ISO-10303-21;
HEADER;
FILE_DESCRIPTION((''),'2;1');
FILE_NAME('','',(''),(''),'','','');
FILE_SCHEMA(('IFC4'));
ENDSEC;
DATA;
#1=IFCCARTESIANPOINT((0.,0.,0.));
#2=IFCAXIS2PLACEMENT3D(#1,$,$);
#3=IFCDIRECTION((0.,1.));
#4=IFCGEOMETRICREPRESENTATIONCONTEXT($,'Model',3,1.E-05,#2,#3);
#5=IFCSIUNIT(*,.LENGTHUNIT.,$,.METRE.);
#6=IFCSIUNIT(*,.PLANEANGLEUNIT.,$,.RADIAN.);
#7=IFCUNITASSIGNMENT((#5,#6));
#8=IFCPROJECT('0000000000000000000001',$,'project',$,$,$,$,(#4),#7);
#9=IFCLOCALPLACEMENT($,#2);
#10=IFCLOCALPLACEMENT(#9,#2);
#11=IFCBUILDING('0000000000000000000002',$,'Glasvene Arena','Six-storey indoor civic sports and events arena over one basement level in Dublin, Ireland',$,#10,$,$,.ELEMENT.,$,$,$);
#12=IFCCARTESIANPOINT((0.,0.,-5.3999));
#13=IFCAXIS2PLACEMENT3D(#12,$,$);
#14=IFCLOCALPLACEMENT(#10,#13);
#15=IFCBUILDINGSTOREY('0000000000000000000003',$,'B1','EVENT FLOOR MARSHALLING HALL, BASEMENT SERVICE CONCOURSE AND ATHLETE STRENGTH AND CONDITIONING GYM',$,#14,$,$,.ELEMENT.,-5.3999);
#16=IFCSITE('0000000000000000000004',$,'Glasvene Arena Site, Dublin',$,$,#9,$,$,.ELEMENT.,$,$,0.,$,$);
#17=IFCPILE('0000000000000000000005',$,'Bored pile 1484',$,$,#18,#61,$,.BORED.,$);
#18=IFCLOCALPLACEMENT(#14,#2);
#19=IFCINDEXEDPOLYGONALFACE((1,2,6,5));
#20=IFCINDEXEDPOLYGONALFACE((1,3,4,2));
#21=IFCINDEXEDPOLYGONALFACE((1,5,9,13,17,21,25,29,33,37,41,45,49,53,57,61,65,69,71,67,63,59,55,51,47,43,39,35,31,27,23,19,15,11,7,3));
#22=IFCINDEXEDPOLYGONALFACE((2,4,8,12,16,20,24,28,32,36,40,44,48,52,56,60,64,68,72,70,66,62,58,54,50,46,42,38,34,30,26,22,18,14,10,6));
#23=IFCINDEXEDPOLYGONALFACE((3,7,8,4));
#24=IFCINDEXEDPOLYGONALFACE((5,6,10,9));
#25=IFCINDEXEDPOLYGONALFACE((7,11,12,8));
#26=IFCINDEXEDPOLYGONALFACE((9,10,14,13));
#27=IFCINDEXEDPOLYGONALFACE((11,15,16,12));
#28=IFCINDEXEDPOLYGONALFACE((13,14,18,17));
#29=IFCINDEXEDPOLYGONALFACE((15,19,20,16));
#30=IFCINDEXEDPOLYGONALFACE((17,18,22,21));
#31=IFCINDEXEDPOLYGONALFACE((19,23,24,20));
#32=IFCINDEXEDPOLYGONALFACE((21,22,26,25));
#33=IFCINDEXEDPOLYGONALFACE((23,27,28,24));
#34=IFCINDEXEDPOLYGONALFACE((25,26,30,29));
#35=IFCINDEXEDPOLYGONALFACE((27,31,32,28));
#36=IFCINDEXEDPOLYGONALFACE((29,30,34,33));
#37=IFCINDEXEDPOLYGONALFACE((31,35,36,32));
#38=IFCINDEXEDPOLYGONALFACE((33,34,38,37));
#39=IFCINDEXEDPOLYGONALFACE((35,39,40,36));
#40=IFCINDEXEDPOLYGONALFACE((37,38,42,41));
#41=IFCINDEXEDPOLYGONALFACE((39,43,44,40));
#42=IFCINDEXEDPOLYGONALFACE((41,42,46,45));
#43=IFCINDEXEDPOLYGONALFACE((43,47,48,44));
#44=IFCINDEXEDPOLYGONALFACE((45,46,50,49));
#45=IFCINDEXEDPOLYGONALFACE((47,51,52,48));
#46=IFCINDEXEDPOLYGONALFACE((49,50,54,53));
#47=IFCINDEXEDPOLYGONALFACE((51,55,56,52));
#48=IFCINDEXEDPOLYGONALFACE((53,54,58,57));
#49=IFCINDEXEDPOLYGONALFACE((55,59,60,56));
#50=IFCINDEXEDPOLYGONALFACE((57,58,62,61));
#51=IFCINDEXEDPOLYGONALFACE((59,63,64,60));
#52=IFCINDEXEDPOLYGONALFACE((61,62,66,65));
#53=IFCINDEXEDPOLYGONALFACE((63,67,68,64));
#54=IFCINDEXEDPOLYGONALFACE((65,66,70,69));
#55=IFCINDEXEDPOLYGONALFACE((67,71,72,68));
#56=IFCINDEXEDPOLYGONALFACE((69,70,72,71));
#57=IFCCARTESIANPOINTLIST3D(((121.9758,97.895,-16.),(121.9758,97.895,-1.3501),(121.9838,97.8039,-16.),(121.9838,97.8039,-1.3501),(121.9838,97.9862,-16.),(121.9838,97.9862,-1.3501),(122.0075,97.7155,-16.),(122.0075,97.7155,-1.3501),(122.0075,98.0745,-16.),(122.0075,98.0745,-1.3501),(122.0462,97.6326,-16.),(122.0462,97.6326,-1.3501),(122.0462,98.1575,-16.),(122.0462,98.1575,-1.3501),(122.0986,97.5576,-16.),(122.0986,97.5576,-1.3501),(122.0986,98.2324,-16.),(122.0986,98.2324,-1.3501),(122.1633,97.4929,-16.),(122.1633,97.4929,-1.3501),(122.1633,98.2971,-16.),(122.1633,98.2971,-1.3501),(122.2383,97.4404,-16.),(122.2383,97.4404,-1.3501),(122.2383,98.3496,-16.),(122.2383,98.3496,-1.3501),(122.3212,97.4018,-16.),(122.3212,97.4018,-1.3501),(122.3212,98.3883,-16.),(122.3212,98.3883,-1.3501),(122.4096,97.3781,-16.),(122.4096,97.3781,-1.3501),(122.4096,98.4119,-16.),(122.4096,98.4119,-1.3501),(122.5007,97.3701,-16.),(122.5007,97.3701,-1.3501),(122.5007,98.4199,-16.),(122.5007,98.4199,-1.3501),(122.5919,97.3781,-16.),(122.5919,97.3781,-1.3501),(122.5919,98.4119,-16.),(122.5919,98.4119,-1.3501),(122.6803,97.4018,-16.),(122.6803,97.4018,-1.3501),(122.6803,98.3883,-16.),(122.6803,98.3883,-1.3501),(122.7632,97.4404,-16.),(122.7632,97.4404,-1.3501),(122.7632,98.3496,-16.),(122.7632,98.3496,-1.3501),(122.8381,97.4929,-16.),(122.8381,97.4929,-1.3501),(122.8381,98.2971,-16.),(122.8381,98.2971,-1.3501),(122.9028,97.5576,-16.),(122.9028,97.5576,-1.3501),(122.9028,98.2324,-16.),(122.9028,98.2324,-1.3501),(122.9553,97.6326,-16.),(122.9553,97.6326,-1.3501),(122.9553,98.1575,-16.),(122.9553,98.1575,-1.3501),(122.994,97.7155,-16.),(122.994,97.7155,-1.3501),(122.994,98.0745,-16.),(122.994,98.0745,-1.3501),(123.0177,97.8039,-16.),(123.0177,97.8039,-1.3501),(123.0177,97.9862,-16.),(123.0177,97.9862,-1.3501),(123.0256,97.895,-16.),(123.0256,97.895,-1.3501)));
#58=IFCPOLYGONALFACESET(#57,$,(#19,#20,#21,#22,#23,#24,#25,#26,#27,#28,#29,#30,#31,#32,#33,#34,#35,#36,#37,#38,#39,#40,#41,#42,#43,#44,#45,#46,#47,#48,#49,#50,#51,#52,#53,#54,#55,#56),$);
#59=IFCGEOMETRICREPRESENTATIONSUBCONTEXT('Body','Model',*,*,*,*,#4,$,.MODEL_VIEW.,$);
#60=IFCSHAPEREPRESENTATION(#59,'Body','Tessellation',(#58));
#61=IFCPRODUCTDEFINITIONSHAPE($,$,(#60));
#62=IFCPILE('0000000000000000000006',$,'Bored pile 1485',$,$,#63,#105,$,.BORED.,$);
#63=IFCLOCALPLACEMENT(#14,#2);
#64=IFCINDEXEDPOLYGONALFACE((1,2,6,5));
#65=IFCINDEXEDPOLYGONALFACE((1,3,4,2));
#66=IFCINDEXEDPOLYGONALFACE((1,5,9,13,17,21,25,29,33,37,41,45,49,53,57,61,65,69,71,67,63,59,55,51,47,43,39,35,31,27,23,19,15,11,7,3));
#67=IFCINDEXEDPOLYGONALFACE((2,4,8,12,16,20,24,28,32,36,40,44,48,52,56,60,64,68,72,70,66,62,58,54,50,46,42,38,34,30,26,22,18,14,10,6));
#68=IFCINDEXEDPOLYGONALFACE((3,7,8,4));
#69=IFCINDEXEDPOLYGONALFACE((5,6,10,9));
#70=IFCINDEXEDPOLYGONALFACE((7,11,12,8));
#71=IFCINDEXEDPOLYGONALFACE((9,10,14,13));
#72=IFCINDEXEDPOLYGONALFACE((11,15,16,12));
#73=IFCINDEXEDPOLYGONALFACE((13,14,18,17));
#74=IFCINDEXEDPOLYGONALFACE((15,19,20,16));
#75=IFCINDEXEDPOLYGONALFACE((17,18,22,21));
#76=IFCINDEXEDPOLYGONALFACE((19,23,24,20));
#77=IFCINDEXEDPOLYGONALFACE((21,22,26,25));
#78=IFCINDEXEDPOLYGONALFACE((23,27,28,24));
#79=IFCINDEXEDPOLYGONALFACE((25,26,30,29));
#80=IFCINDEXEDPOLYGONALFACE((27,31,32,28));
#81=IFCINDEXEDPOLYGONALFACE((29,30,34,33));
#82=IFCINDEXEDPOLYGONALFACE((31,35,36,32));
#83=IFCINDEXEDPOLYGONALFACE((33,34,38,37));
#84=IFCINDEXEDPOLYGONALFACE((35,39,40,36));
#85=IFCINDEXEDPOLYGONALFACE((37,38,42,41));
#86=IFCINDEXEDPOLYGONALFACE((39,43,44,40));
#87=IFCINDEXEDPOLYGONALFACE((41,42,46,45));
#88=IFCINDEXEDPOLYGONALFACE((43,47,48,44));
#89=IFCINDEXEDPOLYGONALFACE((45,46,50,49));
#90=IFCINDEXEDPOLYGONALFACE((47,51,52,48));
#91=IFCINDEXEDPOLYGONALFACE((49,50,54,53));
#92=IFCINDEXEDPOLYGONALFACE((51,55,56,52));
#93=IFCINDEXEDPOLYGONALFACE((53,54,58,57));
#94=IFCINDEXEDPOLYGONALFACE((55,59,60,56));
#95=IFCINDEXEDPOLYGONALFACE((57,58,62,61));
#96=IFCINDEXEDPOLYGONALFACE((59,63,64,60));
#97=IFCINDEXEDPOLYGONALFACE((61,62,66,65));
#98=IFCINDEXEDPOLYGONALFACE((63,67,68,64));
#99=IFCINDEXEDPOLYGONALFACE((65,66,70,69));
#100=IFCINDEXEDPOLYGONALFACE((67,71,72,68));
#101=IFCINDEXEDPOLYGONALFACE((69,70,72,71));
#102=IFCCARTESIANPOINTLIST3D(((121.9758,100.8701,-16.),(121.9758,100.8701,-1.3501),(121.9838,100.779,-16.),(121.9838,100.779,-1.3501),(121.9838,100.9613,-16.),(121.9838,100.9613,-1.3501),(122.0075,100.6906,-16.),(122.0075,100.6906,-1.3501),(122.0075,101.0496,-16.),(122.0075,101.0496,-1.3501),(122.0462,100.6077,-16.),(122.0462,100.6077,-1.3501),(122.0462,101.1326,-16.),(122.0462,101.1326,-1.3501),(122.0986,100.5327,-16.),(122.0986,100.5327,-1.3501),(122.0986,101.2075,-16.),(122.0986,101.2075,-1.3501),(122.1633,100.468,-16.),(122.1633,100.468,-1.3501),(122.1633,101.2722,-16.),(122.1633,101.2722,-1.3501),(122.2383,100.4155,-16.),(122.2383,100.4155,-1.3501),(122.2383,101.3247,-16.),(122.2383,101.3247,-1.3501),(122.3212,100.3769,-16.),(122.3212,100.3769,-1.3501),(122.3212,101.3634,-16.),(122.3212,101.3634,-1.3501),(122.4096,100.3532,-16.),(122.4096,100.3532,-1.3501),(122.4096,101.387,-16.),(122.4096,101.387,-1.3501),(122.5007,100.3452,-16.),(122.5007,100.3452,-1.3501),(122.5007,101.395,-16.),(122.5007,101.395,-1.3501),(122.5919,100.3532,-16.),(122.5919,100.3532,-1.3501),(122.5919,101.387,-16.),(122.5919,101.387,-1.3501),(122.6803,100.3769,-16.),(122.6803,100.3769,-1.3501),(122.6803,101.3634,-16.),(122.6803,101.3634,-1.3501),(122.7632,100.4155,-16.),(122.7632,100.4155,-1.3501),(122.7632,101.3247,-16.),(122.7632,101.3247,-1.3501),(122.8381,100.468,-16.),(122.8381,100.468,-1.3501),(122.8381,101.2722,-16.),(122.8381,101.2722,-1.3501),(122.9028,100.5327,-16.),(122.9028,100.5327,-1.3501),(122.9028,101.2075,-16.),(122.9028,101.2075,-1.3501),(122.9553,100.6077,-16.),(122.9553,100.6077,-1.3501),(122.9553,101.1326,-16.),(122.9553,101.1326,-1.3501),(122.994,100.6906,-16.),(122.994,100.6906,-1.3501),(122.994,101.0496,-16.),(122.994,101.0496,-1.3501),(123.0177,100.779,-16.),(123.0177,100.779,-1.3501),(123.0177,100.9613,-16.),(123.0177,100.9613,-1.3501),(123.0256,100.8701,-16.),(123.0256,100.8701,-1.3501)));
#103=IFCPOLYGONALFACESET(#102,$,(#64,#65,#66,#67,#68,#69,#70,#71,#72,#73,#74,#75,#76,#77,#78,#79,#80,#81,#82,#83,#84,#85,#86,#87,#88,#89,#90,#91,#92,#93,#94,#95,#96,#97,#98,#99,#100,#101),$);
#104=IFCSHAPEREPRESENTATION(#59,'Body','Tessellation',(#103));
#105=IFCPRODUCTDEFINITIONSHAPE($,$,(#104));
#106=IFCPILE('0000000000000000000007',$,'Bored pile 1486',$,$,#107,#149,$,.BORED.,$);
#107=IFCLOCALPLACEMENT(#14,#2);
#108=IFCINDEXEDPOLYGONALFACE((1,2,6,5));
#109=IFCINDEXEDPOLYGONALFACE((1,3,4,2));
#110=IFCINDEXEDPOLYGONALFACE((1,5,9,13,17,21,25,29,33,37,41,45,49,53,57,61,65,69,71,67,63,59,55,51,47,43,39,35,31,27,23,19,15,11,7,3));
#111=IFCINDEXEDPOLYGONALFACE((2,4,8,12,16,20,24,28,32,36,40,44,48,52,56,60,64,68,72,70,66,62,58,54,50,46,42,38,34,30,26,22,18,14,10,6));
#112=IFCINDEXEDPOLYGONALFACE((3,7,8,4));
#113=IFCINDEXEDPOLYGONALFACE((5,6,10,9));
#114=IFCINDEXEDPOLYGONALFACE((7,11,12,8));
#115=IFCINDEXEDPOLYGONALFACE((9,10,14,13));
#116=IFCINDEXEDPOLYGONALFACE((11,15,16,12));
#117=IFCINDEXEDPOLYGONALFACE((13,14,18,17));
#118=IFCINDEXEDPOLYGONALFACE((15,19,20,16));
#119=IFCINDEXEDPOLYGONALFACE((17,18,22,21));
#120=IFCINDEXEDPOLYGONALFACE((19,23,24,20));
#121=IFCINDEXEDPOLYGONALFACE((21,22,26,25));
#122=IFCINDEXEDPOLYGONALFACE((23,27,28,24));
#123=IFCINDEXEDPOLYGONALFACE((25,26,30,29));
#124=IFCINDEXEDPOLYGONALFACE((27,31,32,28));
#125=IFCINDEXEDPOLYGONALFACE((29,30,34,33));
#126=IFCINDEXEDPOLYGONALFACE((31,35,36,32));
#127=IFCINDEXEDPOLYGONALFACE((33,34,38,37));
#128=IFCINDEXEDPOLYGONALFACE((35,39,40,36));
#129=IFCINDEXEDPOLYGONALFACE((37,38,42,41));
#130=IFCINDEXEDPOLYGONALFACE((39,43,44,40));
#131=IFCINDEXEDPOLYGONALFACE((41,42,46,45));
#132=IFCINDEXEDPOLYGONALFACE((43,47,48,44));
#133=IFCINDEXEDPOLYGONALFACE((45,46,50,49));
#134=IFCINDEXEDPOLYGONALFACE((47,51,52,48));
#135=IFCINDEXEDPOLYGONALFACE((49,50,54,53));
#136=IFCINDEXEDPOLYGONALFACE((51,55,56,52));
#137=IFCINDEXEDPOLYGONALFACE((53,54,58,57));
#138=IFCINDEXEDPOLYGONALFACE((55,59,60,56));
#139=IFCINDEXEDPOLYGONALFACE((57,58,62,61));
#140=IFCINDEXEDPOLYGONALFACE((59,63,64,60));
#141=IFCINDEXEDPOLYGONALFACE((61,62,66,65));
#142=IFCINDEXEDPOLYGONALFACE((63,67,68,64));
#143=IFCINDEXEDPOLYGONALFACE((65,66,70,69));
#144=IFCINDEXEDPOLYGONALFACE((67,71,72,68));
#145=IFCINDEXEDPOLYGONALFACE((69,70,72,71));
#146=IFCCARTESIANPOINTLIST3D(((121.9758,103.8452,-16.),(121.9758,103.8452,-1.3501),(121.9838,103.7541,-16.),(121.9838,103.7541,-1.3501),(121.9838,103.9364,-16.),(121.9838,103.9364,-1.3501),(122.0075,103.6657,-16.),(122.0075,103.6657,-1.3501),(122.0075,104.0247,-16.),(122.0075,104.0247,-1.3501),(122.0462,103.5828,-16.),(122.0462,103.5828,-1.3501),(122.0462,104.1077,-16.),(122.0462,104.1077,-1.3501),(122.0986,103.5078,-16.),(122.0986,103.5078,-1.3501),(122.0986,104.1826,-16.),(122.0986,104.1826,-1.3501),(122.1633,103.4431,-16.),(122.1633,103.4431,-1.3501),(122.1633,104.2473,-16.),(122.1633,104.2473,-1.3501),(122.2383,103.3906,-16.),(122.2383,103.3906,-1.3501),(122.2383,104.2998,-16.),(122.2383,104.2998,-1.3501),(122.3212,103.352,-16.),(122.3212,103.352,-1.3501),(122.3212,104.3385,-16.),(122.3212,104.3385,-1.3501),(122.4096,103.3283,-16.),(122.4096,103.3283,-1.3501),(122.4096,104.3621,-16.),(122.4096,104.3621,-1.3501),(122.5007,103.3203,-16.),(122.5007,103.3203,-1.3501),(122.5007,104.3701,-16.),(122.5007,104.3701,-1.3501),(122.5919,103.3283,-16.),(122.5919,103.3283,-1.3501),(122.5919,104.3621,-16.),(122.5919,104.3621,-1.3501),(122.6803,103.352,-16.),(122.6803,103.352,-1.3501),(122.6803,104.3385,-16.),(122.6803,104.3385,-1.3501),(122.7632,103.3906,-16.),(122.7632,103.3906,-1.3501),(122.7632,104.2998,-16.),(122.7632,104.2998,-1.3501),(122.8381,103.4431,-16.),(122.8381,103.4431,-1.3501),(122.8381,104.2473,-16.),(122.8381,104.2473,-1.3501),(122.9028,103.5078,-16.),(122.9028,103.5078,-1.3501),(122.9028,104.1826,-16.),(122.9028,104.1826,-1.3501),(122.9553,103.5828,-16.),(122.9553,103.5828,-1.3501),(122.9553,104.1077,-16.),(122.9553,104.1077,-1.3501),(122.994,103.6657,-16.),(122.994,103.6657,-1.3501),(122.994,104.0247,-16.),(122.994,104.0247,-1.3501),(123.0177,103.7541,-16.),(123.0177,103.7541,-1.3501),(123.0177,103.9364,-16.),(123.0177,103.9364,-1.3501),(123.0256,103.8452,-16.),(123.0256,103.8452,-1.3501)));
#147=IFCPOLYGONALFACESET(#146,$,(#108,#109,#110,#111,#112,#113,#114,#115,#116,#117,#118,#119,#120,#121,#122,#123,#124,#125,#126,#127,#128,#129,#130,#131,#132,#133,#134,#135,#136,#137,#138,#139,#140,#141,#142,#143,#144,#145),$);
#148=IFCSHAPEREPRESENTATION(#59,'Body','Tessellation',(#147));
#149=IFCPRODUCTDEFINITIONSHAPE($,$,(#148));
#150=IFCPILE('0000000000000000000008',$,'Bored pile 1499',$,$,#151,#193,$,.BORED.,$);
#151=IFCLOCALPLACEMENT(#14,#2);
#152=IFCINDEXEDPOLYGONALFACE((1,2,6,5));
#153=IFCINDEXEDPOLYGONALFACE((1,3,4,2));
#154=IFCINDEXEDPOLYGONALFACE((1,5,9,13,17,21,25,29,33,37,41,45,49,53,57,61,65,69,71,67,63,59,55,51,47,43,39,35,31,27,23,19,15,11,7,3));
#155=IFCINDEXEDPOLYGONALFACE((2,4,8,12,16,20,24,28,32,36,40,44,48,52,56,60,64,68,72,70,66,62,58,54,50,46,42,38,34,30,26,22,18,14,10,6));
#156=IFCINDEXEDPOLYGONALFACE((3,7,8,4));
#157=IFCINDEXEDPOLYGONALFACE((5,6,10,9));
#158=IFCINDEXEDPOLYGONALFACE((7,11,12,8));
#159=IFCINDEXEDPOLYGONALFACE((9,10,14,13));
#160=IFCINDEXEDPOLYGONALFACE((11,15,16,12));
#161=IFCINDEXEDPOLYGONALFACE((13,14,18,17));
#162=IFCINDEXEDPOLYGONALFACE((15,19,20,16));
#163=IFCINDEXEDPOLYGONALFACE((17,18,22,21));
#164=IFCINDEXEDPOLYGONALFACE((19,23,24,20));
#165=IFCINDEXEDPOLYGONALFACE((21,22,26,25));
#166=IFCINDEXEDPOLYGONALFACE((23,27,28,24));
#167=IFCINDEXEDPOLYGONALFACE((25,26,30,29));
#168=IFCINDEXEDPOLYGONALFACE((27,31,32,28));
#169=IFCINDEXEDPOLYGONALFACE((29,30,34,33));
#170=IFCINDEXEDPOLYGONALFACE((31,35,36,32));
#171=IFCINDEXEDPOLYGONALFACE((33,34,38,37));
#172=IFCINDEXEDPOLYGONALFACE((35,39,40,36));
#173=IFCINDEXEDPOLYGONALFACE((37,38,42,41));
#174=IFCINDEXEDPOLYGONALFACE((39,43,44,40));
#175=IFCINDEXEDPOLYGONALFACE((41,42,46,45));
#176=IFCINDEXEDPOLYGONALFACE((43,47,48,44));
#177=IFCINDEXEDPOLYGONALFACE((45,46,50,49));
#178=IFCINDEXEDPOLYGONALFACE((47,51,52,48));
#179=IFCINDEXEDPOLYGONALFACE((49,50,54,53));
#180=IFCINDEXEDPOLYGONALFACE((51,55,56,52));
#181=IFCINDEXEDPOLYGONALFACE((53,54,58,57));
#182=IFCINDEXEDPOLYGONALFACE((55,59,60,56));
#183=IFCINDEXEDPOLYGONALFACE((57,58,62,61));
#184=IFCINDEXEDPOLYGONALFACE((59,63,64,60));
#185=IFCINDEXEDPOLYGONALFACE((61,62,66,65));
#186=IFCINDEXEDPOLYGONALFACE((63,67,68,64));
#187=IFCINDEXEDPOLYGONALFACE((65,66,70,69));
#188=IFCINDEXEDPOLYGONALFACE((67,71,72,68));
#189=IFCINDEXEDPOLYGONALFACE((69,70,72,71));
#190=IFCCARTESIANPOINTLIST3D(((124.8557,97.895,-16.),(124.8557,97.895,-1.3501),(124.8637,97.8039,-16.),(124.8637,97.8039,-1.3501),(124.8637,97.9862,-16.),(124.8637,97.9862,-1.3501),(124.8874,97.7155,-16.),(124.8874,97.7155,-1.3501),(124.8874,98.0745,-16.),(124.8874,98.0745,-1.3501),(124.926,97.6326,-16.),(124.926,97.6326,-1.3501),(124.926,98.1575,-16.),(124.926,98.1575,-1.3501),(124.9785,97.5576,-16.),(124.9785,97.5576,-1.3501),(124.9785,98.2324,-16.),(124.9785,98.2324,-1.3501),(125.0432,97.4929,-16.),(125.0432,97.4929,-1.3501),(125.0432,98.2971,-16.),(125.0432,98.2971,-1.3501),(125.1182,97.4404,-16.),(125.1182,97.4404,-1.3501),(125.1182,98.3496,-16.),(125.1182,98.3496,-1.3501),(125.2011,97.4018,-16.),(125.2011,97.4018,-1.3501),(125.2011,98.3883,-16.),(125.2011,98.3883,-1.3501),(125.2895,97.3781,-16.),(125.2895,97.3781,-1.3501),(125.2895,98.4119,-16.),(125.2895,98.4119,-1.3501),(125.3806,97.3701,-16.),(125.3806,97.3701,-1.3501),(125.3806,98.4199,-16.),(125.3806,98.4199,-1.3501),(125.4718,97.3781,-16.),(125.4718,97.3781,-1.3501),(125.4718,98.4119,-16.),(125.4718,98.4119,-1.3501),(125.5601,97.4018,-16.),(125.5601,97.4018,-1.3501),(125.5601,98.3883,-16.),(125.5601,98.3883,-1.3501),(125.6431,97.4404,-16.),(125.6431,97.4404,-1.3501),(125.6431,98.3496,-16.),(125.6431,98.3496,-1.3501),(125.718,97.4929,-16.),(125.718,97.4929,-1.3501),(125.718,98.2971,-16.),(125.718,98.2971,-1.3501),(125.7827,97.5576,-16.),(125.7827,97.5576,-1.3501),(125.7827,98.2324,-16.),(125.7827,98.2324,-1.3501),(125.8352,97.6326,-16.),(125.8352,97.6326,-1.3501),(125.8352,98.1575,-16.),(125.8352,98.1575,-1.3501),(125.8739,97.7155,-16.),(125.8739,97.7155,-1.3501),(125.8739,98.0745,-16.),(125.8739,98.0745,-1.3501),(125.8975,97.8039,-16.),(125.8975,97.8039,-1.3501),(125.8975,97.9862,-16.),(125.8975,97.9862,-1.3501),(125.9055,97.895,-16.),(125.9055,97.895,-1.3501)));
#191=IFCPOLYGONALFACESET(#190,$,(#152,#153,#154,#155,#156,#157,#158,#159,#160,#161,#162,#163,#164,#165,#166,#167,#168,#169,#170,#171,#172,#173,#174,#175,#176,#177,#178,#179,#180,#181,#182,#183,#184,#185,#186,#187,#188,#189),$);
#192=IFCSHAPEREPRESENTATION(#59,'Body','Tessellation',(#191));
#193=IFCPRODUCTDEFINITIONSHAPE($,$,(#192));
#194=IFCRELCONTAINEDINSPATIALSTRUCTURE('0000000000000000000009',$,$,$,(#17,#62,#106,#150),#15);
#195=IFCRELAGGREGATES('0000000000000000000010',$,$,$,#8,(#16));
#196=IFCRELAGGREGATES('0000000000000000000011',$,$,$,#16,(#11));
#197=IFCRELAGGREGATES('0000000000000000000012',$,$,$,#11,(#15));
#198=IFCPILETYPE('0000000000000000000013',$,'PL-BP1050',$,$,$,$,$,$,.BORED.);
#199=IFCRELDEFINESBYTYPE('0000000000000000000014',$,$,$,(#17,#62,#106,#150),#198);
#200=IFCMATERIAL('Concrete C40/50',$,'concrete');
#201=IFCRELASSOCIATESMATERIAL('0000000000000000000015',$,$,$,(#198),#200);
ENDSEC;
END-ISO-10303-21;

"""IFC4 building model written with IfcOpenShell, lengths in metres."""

from ifc_helpers import new_model, si_unit, direction, frame, origin, origin_2d, place, context, subcontext, project, spatial, circle, extrude, material, material_profile, profile_set, type_object, element, save


model = new_model("IFC4")

# Units and contexts
model_context = context("Model", 3, precision=1e-05, world=origin(), true_north=direction((0.0, 1.0)))
body_context = subcontext(model_context, "Body", "Model", "MODEL_VIEW")
ifc_project = project(units=[si_unit("LENGTHUNIT", "METRE"), si_unit("PLANEANGLEUNIT", "RADIAN")], contexts=[model_context])

# Site, building, storey
site_placement = place(None, origin())
site = spatial("IfcSite", under=ifc_project, at=site_placement, Name="Glasvene Arena Site, Dublin", CompositionType="ELEMENT", RefElevation=0.0)
building_placement = place(site_placement, origin())
building = spatial("IfcBuilding", under=site, at=building_placement, Name="Glasvene Arena", Description="Six-storey indoor civic sports and events arena over one basement level in Dublin, Ireland", CompositionType="ELEMENT")
storey_placement = place(building_placement, frame((0.0, 0.0, -5.3999)))
storey = spatial("IfcBuildingStorey", under=building, at=storey_placement, Name="B1", Description="EVENT FLOOR MARSHALLING HALL, BASEMENT SERVICE CONCOURSE AND ATHLETE STRENGTH AND CONDITIONING GYM", CompositionType="ELEMENT", Elevation=-5.3999)

# Shared definitions
ifc_material_1 = material(Name="Concrete C40/50", Category="concrete")

# Piles
ifc_material_profile_1 = material_profile(ifc_material_1, circle(Radius=0.5249, at=origin_2d()), Name="BORED PILE 1050")
ifc_profile_set_1 = profile_set([ifc_material_profile_1], Name="Concrete C40/50")
pile_type = type_object("IfcPileType", Name="PL-BP1050", PredefinedType="BORED", material=ifc_profile_set_1)
for number, where, z_axis, x_axis, name in (
    (1, (122.5007, 97.895, -1.3501), (0.0, 0.0, -1.0), (1.0, 0.0, 0.0), "Bored pile 1484"),
    (2, (122.5007, 100.8701, -1.3501), (0.0, 0.0, -1.0), (1.0, 0.0, 0.0), "Bored pile 1485"),
    (3, (122.5007, 103.8452, -1.3501), (0.0, 0.0, -1.0), (1.0, 0.0, 0.0), "Bored pile 1486"),
    (4, (125.3806, 97.895, -1.3501), (0.0, 0.0, -1.0), (1.0, 0.0, 0.0), "Bored pile 1499"),
):
    element("IfcPile", number, at=place(storey_placement, frame(where, z_axis=z_axis, x_axis=x_axis)), inside=storey, type_object=pile_type, Name=name, PredefinedType="BORED", context=body_context, shape_type="SweptSolid", body=[
        extrude(circle(Radius=0.5249, at=origin_2d()), origin(), (0.0, 0.0, 1.0), 14.6499),
    ])

save(model, "model.ifc")
